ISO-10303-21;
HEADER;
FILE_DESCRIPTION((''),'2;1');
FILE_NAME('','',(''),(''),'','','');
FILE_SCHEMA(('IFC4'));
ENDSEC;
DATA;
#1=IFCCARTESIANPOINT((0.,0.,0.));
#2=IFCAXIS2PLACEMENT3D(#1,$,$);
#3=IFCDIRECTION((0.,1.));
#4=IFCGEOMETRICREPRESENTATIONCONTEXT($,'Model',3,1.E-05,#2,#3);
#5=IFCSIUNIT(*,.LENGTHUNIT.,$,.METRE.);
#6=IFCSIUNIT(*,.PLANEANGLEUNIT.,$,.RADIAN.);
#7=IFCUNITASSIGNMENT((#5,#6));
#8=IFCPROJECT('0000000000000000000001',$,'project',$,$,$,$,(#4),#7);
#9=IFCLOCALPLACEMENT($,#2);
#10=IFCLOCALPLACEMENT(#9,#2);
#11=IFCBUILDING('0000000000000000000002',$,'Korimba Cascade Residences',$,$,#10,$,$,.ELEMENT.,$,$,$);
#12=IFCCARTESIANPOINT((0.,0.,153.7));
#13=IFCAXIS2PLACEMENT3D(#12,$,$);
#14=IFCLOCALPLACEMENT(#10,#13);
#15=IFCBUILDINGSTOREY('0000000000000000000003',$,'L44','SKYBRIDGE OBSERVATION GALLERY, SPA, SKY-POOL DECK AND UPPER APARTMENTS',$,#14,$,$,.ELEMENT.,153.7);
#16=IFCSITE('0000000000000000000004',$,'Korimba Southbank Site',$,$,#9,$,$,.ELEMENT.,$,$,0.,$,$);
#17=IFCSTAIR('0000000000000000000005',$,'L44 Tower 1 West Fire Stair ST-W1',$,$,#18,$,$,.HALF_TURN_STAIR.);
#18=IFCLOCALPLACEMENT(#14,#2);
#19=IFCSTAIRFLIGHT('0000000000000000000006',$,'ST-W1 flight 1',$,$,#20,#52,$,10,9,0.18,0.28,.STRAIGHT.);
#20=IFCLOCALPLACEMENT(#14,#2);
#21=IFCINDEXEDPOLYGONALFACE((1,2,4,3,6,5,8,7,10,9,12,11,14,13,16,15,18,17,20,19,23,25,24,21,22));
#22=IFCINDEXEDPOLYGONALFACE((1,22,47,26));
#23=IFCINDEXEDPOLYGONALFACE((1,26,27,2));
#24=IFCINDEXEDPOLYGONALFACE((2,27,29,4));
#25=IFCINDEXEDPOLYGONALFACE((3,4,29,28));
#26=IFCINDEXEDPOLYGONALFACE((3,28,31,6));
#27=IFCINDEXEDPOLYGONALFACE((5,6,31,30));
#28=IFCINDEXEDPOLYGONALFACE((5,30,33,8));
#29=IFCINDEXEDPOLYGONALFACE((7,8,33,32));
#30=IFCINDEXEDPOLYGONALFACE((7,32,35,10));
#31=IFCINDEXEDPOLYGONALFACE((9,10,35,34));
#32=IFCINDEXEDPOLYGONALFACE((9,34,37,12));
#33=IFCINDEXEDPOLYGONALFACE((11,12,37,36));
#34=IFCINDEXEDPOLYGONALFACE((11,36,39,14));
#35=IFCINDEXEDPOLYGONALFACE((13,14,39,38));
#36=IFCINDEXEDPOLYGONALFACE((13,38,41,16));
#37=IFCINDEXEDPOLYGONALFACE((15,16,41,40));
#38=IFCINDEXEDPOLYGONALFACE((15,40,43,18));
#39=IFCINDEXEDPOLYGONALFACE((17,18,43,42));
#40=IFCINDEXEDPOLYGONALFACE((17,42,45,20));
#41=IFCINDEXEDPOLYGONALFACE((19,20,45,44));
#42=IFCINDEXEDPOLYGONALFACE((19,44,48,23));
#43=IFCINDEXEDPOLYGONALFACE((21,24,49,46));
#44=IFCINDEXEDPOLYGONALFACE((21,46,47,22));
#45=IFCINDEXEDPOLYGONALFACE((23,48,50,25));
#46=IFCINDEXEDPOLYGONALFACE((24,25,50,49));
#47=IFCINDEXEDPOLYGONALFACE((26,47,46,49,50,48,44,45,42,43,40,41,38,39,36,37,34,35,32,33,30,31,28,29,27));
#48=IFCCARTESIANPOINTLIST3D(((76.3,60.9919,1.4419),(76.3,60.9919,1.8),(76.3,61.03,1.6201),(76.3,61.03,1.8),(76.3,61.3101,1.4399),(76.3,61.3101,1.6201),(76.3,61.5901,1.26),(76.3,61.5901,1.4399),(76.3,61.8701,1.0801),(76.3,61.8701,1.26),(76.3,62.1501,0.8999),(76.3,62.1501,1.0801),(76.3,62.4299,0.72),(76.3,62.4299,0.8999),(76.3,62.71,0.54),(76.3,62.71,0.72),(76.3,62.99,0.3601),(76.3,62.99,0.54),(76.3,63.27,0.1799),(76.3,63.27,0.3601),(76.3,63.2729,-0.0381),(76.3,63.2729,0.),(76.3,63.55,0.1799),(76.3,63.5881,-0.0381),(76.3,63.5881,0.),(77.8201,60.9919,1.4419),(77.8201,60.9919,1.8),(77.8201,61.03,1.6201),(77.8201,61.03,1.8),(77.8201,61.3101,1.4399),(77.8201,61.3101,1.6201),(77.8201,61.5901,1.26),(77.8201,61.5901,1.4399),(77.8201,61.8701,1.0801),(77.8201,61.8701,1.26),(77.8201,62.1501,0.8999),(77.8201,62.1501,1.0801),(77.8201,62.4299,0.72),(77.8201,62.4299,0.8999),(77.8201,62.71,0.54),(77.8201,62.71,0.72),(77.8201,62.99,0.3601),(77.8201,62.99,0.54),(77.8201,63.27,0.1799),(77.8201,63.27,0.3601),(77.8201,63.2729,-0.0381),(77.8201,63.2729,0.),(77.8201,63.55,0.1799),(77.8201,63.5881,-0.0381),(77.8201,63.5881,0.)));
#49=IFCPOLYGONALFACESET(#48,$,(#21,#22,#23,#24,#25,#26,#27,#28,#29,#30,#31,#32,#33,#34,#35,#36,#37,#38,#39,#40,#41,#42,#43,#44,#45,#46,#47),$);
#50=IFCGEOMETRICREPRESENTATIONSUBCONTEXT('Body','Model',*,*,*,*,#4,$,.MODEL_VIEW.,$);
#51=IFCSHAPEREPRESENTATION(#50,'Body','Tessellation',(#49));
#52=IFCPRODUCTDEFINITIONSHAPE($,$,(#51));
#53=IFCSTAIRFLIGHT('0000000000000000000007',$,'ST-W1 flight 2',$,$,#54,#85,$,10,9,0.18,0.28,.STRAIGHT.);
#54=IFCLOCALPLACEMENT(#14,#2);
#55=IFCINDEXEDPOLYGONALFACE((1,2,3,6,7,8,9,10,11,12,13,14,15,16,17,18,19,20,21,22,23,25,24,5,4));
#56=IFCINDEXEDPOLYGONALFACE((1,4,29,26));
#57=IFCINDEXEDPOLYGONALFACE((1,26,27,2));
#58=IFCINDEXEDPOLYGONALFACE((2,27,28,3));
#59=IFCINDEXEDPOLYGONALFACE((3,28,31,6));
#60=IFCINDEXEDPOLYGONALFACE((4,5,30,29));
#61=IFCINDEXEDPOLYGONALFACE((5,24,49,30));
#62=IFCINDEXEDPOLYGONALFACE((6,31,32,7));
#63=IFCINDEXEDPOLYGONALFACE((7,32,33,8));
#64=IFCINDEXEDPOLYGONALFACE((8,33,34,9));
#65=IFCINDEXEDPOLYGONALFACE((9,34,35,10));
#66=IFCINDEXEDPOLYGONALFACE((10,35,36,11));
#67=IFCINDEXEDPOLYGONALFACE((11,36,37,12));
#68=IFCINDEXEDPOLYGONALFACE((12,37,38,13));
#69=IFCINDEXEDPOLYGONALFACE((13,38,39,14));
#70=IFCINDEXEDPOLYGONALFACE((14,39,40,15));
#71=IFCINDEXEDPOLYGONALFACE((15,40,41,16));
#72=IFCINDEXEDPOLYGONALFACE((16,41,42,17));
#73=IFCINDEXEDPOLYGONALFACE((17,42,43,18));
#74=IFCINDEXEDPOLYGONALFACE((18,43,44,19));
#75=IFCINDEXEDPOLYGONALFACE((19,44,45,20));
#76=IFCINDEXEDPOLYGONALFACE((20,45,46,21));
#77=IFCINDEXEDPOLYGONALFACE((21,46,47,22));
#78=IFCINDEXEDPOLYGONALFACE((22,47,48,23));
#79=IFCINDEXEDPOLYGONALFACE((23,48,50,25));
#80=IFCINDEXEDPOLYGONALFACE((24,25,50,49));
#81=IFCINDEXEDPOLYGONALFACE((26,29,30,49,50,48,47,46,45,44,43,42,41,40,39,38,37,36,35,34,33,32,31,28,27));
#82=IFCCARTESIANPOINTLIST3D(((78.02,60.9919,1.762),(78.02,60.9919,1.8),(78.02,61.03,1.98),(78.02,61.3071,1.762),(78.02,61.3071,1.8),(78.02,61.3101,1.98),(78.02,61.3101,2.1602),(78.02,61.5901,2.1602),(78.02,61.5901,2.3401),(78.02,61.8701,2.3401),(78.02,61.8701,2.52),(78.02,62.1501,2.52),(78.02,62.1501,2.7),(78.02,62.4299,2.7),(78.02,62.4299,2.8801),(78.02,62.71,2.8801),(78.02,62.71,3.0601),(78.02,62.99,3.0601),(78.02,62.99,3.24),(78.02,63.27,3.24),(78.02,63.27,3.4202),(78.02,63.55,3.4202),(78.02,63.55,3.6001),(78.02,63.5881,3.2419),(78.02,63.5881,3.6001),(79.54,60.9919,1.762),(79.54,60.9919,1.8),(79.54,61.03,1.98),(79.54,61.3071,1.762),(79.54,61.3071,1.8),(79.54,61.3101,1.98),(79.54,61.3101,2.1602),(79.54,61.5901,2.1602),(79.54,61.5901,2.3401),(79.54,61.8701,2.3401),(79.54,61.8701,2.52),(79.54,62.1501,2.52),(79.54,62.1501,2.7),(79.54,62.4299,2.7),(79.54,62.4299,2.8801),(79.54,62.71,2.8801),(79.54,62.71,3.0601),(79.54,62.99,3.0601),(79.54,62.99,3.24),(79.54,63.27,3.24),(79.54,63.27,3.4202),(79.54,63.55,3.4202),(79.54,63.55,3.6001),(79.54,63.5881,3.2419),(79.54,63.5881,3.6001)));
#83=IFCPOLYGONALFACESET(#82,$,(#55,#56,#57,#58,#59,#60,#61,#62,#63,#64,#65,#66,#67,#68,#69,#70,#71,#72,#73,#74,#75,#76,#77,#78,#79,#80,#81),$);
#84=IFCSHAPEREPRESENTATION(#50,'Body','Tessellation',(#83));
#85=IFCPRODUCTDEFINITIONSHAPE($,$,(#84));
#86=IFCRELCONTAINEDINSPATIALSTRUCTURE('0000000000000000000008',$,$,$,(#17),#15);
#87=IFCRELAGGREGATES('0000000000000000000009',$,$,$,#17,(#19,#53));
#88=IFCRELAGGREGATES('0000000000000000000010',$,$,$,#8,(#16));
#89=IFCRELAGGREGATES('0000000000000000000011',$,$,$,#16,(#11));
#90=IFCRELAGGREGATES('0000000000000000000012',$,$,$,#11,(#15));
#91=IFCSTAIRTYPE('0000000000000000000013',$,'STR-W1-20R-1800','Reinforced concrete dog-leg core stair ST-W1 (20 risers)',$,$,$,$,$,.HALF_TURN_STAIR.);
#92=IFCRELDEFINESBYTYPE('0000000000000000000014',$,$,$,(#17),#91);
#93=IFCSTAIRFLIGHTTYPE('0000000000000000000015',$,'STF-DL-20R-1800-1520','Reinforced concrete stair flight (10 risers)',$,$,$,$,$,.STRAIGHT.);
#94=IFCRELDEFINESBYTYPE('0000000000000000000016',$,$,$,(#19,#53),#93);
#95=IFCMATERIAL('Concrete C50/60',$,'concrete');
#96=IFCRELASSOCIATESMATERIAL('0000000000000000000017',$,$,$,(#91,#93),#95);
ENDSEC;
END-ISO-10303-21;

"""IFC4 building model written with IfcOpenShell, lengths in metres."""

from ifc_helpers import new_model, si_unit, direction, frame, origin, place, context, subcontext, project, spatial, polyline, outline, extrude, material, type_object, element, aggregate, save


model = new_model("IFC4")

# Units and contexts
model_context = context("Model", 3, precision=1e-05, world=origin(), true_north=direction((0.0, 1.0)))
body_context = subcontext(model_context, "Body", "Model", "MODEL_VIEW")
ifc_project = project(units=[si_unit("LENGTHUNIT", "METRE"), si_unit("PLANEANGLEUNIT", "RADIAN")], contexts=[model_context])

# Site, building, storey
site_placement = place(None, origin())
site = spatial("IfcSite", under=ifc_project, at=site_placement, Name="Korimba Southbank Site", CompositionType="ELEMENT", RefElevation=0.0)
building_placement = place(site_placement, origin())
building = spatial("IfcBuilding", under=site, at=building_placement, Name="Korimba Cascade Residences", CompositionType="ELEMENT")
storey_placement = place(building_placement, frame((0.0, 0.0, 153.7)))
storey = spatial("IfcBuildingStorey", under=building, at=storey_placement, Name="L44", Description="SKYBRIDGE OBSERVATION GALLERY, SPA, SKY-POOL DECK AND UPPER APARTMENTS", CompositionType="ELEMENT", Elevation=153.7)

# Shared definitions
ifc_material_1 = material(Name="Concrete C50/60", Category="concrete")

# Stair, stair flights
stair_type = type_object("IfcStairType", Name="STR-W1-20R-1800", Description="Reinforced concrete dog-leg core stair ST-W1 (20 risers)", PredefinedType="HALF_TURN_STAIR", material=ifc_material_1)
stair_placement = place(storey_placement, origin())
stair = element("IfcStair", 1, at=stair_placement, inside=storey, type_object=stair_type, Name="L44 Tower 1 West Fire Stair ST-W1", PredefinedType="HALF_TURN_STAIR")
stair_flight_type = type_object("IfcStairFlightType", Name="STF-DL-20R-1800-1520", Description="Reinforced concrete stair flight (10 risers)", PredefinedType="STRAIGHT", material=ifc_material_1)
stair_flight_1_placement = place(storey_placement, frame((77.0601, 63.55, 0.0), z_axis=(0.0, 0.0, 1.0), x_axis=(0.0, -1.0, 0.0)))
stair_flight_1 = element("IfcStairFlight", 2, at=stair_flight_1_placement, type_object=stair_flight_type, Name="ST-W1 flight 1", NumberOfRisers=10, NumberOfTreads=9, PredefinedType="STRAIGHT", RiserHeight=0.18, TreadLength=0.28, context=body_context, shape_type="SweptSolid", body=[
    extrude(outline(polyline([(-0.0381, 0.0), (0.0, 0.1799), (0.28, 0.1799), (0.28, 0.3601), (0.5601, 0.3601), (0.5601, 0.54), (0.8401, 0.54), (0.8401, 0.72), (1.1201, 0.72), (1.1201, 0.8999), (1.3999, 0.8999), (1.3999, 1.0801), (1.6799, 1.0801), (1.6799, 1.26), (1.96, 1.26), (1.96, 1.4399), (2.24, 1.4399), (2.24, 1.6201), (2.52, 1.6201), (2.52, 1.8), (2.5581, 1.8), (2.5581, 1.4419), (0.2771, 0.0), (0.2771, -0.0381), (-0.0381, -0.0381), (-0.0381, 0.0)])), frame((0.0, 0.76, 0.0), z_axis=(0.0, -1.0, 0.0), x_axis=(1.0, 0.0, 0.0)), (0.0, 0.0, 1.0), 1.52),
])
stair_flight_2_placement = place(storey_placement, frame((78.78, 61.03, 1.8), z_axis=(0.0, 0.0, 1.0), x_axis=(0.0, 1.0, 0.0)))
stair_flight_2 = element("IfcStairFlight", 3, at=stair_flight_2_placement, type_object=stair_flight_type, Name="ST-W1 flight 2", NumberOfRisers=10, NumberOfTreads=9, PredefinedType="STRAIGHT", RiserHeight=0.18, TreadLength=0.28, context=body_context, shape_type="SweptSolid", body=[
    extrude(outline(polyline([(-0.0381, 0.0), (0.0, 0.1799), (0.28, 0.1799), (0.28, 0.3601), (0.5601, 0.3601), (0.5601, 0.54), (0.8401, 0.54), (0.8401, 0.72), (1.1201, 0.72), (1.1201, 0.8999), (1.3999, 0.8999), (1.3999, 1.0801), (1.6799, 1.0801), (1.6799, 1.26), (1.96, 1.26), (1.96, 1.4399), (2.24, 1.4399), (2.24, 1.6201), (2.52, 1.6201), (2.52, 1.8), (2.5581, 1.8), (2.5581, 1.4419), (0.2771, 0.0), (0.2771, -0.0381), (-0.0381, -0.0381), (-0.0381, 0.0)])), frame((0.0, 0.76, 0.0), z_axis=(0.0, -1.0, 0.0), x_axis=(1.0, 0.0, 0.0)), (0.0, 0.0, 1.0), 1.52),
])
aggregate(stair, [stair_flight_1, stair_flight_2])

save(model, "model.ifc")
